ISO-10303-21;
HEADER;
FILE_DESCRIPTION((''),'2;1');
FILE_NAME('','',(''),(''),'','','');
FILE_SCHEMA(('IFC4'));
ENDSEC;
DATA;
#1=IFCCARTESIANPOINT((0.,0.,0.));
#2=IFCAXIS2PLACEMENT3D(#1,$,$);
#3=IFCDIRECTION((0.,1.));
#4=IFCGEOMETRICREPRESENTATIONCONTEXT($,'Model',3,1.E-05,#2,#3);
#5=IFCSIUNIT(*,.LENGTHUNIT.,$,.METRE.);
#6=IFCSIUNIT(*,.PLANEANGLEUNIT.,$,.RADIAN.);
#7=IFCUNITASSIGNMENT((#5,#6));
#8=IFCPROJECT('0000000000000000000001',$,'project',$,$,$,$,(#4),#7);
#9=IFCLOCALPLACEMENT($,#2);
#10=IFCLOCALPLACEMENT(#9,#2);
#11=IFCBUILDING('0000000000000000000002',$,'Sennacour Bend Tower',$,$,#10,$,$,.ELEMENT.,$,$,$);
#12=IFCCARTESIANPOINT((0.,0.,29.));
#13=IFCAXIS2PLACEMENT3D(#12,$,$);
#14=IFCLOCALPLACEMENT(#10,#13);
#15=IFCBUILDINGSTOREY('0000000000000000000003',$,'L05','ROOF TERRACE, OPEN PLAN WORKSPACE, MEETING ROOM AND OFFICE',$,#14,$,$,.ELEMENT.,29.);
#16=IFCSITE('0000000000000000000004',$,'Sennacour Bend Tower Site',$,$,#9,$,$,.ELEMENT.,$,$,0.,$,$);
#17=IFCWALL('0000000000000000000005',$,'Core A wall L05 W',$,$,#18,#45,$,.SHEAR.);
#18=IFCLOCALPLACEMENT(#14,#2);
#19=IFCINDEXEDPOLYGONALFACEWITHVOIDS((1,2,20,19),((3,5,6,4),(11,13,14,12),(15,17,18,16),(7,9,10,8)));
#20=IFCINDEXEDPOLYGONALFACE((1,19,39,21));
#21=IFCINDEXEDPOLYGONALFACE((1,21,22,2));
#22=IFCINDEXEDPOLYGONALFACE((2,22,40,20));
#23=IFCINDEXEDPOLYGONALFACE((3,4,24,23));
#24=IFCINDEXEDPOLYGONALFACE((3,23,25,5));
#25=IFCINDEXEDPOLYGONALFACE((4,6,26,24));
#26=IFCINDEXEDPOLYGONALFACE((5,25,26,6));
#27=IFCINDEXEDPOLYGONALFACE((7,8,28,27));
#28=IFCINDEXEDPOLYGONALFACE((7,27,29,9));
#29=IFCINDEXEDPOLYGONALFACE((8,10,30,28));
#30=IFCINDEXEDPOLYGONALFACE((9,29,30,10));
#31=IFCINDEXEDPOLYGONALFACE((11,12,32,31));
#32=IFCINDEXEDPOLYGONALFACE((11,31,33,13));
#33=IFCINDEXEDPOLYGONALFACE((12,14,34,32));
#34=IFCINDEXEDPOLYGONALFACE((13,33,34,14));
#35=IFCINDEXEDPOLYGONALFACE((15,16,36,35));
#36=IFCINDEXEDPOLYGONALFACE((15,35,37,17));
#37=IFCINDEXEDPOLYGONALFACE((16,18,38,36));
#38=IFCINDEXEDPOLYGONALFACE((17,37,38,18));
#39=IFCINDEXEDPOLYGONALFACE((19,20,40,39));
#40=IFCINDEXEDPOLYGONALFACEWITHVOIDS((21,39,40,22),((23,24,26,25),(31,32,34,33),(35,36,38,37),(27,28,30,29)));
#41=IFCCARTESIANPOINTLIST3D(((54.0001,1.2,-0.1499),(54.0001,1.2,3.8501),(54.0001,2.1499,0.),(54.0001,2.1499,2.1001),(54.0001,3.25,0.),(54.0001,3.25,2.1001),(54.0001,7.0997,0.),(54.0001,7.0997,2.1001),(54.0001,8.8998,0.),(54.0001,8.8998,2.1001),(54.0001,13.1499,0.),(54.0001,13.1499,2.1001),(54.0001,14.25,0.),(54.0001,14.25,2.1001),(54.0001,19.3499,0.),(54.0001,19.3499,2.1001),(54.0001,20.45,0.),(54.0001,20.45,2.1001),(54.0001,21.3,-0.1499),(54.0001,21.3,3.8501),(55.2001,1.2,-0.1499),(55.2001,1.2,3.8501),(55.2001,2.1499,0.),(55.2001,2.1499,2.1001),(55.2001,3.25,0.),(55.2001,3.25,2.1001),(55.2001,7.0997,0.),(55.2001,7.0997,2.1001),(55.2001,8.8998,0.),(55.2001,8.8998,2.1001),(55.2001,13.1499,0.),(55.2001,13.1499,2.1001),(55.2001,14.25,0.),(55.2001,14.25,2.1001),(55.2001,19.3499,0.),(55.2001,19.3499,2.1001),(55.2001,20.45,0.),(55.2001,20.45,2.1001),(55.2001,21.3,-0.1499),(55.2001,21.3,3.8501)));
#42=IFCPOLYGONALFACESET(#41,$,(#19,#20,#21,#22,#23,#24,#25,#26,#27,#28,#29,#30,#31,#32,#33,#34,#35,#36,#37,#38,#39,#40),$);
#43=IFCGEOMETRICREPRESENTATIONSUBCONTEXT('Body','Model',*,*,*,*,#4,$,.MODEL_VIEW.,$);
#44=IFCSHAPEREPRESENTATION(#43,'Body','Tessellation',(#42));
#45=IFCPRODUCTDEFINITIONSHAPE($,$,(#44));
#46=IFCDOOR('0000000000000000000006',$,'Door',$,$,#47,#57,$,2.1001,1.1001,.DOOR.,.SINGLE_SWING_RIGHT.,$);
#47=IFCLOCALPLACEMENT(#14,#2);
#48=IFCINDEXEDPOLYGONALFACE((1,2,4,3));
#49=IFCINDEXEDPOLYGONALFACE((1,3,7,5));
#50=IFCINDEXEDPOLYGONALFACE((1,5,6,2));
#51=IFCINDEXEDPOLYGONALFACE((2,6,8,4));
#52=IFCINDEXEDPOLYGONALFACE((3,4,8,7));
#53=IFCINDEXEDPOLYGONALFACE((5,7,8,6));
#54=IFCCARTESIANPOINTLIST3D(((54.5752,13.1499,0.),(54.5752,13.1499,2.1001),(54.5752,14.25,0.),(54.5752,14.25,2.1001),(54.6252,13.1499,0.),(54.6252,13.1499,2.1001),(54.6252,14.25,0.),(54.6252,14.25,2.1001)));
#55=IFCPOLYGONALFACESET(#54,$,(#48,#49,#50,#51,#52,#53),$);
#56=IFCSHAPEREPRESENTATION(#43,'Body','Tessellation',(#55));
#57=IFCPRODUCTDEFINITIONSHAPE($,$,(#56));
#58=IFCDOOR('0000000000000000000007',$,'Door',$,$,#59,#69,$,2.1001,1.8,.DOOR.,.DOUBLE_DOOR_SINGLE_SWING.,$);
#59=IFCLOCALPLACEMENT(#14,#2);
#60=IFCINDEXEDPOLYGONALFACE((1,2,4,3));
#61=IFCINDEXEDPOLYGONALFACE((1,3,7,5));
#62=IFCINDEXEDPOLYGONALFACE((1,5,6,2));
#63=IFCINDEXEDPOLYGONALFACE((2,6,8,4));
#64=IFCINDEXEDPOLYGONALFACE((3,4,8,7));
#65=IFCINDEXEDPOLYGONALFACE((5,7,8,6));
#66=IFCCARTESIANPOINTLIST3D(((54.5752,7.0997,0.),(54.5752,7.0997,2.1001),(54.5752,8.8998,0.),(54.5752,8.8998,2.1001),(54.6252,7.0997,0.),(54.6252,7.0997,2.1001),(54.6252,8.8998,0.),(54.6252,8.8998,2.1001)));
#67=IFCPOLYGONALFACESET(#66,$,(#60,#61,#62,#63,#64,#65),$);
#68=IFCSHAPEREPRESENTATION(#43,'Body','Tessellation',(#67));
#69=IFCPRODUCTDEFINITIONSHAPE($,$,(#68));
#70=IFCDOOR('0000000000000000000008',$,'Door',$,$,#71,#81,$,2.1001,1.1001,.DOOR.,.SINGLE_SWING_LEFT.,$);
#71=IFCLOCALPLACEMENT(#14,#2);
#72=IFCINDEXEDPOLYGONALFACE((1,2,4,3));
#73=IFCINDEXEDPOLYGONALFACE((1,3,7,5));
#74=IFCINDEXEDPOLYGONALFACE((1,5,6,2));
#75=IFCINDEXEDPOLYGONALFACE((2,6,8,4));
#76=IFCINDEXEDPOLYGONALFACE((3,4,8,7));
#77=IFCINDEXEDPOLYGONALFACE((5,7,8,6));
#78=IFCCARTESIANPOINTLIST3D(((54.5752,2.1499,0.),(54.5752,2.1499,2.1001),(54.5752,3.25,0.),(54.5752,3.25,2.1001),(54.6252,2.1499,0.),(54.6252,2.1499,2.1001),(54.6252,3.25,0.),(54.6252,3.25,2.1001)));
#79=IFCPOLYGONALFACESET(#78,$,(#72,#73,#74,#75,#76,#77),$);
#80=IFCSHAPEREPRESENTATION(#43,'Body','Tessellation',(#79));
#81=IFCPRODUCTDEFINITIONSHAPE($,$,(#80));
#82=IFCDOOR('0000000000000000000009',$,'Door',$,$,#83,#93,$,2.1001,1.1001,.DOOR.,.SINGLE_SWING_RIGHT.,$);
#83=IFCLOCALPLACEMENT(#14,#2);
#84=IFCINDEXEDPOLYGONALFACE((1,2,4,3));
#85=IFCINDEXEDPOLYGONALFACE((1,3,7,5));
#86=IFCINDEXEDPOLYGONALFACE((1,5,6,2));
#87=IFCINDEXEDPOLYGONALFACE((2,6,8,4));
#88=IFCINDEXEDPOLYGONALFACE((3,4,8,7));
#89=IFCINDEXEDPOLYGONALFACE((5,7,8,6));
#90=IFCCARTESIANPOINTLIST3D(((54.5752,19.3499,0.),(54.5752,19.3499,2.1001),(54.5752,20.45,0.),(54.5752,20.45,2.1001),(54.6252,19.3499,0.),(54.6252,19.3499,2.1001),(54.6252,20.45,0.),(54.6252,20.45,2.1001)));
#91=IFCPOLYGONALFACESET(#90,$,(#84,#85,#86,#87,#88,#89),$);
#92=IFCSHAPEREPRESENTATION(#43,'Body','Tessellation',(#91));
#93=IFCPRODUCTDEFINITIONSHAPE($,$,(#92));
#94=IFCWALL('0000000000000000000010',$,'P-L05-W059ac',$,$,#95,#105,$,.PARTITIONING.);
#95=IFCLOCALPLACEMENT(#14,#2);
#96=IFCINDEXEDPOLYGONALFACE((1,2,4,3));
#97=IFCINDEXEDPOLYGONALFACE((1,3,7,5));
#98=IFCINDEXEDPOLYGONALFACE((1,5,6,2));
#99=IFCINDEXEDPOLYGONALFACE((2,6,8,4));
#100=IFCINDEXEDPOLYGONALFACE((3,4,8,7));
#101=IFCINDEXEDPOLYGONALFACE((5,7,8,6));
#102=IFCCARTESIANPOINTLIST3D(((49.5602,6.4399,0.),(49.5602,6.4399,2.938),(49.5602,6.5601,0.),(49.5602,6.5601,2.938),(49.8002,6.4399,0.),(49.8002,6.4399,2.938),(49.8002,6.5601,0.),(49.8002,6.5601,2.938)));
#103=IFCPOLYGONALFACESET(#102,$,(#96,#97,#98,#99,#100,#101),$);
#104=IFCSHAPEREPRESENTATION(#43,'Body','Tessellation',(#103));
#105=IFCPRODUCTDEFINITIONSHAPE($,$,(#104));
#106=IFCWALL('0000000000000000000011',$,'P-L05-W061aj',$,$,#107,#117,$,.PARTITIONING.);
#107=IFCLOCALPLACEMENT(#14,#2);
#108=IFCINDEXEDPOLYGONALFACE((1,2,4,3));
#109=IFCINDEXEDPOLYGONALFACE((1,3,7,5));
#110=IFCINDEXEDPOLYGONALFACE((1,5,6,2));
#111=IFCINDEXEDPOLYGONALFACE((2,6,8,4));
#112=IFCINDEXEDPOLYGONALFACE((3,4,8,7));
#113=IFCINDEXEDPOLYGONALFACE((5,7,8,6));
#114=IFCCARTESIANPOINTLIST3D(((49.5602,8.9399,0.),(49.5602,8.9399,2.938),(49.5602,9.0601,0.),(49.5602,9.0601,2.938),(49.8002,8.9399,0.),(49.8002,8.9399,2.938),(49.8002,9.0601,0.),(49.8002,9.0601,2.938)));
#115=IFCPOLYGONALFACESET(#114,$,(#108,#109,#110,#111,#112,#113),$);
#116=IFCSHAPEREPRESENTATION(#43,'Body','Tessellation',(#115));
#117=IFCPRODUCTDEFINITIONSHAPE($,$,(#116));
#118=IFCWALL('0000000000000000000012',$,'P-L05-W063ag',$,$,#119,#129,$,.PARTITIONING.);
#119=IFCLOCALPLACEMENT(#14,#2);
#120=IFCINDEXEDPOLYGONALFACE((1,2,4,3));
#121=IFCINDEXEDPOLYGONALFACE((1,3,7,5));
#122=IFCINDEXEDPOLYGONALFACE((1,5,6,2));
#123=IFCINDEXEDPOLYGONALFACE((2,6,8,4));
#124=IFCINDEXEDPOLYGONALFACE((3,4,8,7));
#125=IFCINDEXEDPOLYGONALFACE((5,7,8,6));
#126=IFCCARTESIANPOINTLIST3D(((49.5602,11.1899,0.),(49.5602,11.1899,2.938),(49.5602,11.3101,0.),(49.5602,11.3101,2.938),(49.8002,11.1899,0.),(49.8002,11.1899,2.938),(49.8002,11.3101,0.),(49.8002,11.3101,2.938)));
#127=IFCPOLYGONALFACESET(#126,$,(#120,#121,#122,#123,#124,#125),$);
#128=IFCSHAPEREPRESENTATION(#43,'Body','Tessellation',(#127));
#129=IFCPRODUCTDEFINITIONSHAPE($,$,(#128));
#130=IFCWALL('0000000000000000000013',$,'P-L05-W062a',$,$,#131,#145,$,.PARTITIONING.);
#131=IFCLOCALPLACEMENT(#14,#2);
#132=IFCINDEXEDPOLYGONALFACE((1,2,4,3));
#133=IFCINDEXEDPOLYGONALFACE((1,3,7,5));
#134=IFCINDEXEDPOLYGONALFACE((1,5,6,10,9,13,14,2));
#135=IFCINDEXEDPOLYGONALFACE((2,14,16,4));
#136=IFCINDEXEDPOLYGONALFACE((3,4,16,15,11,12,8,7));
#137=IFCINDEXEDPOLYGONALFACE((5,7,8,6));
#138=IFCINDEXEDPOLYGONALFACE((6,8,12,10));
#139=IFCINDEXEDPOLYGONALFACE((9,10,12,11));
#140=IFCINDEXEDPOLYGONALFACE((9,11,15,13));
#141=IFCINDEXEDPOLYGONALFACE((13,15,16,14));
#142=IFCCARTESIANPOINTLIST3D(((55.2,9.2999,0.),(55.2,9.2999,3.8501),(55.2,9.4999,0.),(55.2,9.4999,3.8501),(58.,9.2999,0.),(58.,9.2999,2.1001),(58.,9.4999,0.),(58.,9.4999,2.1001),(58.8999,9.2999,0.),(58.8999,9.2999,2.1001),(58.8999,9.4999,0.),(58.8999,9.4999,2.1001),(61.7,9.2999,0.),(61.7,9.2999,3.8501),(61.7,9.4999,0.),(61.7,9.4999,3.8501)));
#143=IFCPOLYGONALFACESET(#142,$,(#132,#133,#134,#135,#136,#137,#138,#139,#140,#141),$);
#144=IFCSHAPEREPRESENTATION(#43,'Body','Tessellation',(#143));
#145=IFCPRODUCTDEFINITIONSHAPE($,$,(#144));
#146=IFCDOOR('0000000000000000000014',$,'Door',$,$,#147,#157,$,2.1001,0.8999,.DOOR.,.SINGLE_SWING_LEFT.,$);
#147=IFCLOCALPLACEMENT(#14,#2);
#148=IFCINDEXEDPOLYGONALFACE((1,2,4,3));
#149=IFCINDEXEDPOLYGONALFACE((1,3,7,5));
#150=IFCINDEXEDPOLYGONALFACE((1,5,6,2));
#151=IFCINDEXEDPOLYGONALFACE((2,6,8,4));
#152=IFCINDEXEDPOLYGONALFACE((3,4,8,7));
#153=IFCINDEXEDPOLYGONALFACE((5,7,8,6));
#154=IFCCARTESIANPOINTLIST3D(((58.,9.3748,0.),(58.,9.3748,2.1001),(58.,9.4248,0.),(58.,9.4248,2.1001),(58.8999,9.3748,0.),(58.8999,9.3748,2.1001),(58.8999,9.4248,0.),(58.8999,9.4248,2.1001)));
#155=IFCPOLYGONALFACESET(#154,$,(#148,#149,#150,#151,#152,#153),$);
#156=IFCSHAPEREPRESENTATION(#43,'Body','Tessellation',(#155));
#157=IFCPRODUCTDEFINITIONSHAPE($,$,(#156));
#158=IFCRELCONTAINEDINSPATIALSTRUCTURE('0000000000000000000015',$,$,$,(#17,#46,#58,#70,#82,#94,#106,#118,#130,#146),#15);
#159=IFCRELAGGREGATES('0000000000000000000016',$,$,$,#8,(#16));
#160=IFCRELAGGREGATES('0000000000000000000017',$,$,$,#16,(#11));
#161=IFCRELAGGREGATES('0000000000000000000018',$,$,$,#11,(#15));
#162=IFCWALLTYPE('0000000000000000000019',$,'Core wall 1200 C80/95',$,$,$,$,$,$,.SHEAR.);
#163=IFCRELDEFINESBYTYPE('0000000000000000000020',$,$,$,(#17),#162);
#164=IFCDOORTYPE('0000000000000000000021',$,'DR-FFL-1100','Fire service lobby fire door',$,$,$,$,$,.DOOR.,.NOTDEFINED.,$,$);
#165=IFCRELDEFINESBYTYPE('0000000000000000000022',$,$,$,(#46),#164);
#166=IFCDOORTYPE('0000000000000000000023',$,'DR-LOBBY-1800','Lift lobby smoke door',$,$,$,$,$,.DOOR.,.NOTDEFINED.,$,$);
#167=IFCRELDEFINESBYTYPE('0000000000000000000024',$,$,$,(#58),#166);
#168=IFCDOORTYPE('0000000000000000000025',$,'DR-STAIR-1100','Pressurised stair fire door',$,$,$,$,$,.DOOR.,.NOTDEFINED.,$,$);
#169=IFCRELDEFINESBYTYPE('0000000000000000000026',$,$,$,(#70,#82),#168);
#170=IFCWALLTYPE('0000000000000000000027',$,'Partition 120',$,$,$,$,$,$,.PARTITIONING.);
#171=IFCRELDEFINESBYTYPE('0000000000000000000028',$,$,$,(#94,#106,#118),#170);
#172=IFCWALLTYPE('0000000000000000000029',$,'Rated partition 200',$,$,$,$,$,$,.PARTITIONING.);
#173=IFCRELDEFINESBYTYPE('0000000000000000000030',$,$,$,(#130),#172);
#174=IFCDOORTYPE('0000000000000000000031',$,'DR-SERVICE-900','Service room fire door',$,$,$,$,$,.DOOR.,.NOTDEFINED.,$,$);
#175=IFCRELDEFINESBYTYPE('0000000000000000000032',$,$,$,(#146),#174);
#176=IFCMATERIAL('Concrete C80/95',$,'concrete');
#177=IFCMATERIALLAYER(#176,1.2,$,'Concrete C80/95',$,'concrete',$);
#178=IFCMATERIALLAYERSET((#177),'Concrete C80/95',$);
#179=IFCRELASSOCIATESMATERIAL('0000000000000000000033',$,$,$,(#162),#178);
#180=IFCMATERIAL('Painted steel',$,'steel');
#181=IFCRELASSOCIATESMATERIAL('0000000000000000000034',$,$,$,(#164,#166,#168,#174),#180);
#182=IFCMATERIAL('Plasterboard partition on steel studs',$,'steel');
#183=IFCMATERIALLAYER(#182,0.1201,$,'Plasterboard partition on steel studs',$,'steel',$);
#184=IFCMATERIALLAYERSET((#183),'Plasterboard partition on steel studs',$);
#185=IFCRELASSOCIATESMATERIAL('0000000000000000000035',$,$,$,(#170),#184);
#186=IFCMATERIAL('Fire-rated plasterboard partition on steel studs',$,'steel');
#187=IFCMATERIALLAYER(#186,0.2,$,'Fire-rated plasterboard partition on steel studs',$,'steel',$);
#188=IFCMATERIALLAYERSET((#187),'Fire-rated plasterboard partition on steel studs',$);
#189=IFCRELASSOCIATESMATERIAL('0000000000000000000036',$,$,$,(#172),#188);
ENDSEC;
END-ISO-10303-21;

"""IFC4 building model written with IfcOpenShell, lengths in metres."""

from ifc_helpers import new_model, si_unit, direction, frame, frame_2d, origin, place, context, subcontext, project, spatial, rectangle, extrude, material, layer, layer_set, type_object, element, fill, save


model = new_model("IFC4")

# Units and contexts
model_context = context("Model", 3, precision=1e-05, world=origin(), true_north=direction((0.0, 1.0)))
body_context = subcontext(model_context, "Body", "Model", "MODEL_VIEW")
ifc_project = project(units=[si_unit("LENGTHUNIT", "METRE"), si_unit("PLANEANGLEUNIT", "RADIAN")], contexts=[model_context])

# Site, building, storey
site_placement = place(None, origin())
site = spatial("IfcSite", under=ifc_project, at=site_placement, Name="Sennacour Bend Tower Site", CompositionType="ELEMENT", RefElevation=0.0)
building_placement = place(site_placement, origin())
building = spatial("IfcBuilding", under=site, at=building_placement, Name="Sennacour Bend Tower", CompositionType="ELEMENT")
storey_placement = place(building_placement, frame((0.0, 0.0, 29.0)))
storey = spatial("IfcBuildingStorey", under=building, at=storey_placement, Name="L05", Description="ROOF TERRACE, OPEN PLAN WORKSPACE, MEETING ROOM AND OFFICE", CompositionType="ELEMENT", Elevation=29.0)

# Wall, openings, doors
ifc_material_1 = material(Name="Concrete C80/95", Category="concrete")
ifc_layer_1 = layer(ifc_material_1, 1.2, Name="Concrete C80/95", Category="concrete")
ifc_layer_set_1 = layer_set([ifc_layer_1], Name="Concrete C80/95")
wall_type_1 = type_object("IfcWallType", Name="Core wall 1200 C80/95", PredefinedType="SHEAR", material=ifc_layer_set_1)
wall_1_placement = place(storey_placement, frame((54.6001, 1.2, -0.1499), z_axis=(0.0, 0.0, 1.0), x_axis=(0.0, 1.0, 0.0)))
wall_1 = element("IfcWall", 1, at=wall_1_placement, inside=storey, type_object=wall_type_1, Name="Core A wall L05 W", PredefinedType="SHEAR", context=body_context, shape_type="SweptSolid", body=[
    extrude(rectangle(XDim=20.1001, YDim=1.2, at=frame_2d((10.05, 0.0))), origin(), (0.0, 0.0, 1.0), 4.0),
])
opening_1_placement = place(wall_1_placement, frame((5.8999, 0.0, 0.1499)))
opening_1 = element("IfcOpeningElement", 2, at=opening_1_placement, cuts=wall_1, PredefinedType="OPENING", context=body_context, shape_type="SweptSolid", body=[
    extrude(rectangle(XDim=1.8, YDim=2.1001, at=frame_2d((0.8999, 1.05))), frame((0.0, 0.6099, 0.0), z_axis=(0.0, -1.0, 0.0), x_axis=(1.0, 0.0, 0.0)), (0.0, 0.0, 1.0), 1.22),
])
opening_2_placement = place(wall_1_placement, frame((11.95, 0.0, 0.1499)))
opening_2 = element("IfcOpeningElement", 3, at=opening_2_placement, cuts=wall_1, PredefinedType="OPENING", context=body_context, shape_type="SweptSolid", body=[
    extrude(rectangle(XDim=1.1001, YDim=2.1001, at=frame_2d((0.55, 1.05))), frame((0.0, 0.6099, 0.0), z_axis=(0.0, -1.0, 0.0), x_axis=(1.0, 0.0, 0.0)), (0.0, 0.0, 1.0), 1.22),
])
opening_3_placement = place(wall_1_placement, frame((0.95, 0.0, 0.1499)))
opening_3 = element("IfcOpeningElement", 4, at=opening_3_placement, cuts=wall_1, PredefinedType="OPENING", context=body_context, shape_type="SweptSolid", body=[
    extrude(rectangle(XDim=1.1001, YDim=2.1001, at=frame_2d((0.55, 1.05))), frame((0.0, 0.6099, 0.0), z_axis=(0.0, -1.0, 0.0), x_axis=(1.0, 0.0, 0.0)), (0.0, 0.0, 1.0), 1.22),
])
opening_4_placement = place(wall_1_placement, frame((18.1499, 0.0, 0.1499)))
opening_4 = element("IfcOpeningElement", 5, at=opening_4_placement, cuts=wall_1, PredefinedType="OPENING", context=body_context, shape_type="SweptSolid", body=[
    extrude(rectangle(XDim=1.1001, YDim=2.1001, at=frame_2d((0.55, 1.05))), frame((0.0, 0.6099, 0.0), z_axis=(0.0, -1.0, 0.0), x_axis=(1.0, 0.0, 0.0)), (0.0, 0.0, 1.0), 1.22),
])
ifc_material_2 = material(Name="Painted steel", Category="steel")
door_type_1 = type_object("IfcDoorType", Name="DR-FFL-1100", Description="Fire service lobby fire door", OperationType="NOTDEFINED", PredefinedType="DOOR", material=ifc_material_2)
door_1_placement = place(opening_2_placement, origin())
door_1 = element("IfcDoor", 6, at=door_1_placement, inside=storey, type_object=door_type_1, Name="Door", OperationType="SINGLE_SWING_RIGHT", OverallHeight=2.1001, OverallWidth=1.1001, PredefinedType="DOOR", context=body_context, shape_type="SweptSolid", body=[
    extrude(rectangle(XDim=1.1001, YDim=2.1001, at=frame_2d((0.55, 1.05))), frame((0.0, 0.0249, 0.0), z_axis=(0.0, -1.0, 0.0), x_axis=(1.0, 0.0, 0.0)), (0.0, 0.0, 1.0), 0.05),
])
fill(opening_2, door_1)
door_type_2 = type_object("IfcDoorType", Name="DR-LOBBY-1800", Description="Lift lobby smoke door", OperationType="NOTDEFINED", PredefinedType="DOOR", material=ifc_material_2)
door_2_placement = place(opening_1_placement, origin())
door_2 = element("IfcDoor", 7, at=door_2_placement, inside=storey, type_object=door_type_2, Name="Door", OperationType="DOUBLE_DOOR_SINGLE_SWING", OverallHeight=2.1001, OverallWidth=1.8, PredefinedType="DOOR", context=body_context, shape_type="SweptSolid", body=[
    extrude(rectangle(XDim=1.8, YDim=2.1001, at=frame_2d((0.8999, 1.05))), frame((0.0, 0.0249, 0.0), z_axis=(0.0, -1.0, 0.0), x_axis=(1.0, 0.0, 0.0)), (0.0, 0.0, 1.0), 0.05),
])
fill(opening_1, door_2)
door_type_3 = type_object("IfcDoorType", Name="DR-STAIR-1100", Description="Pressurised stair fire door", OperationType="NOTDEFINED", PredefinedType="DOOR", material=ifc_material_2)
door_3_placement = place(opening_3_placement, origin())
door_3 = element("IfcDoor", 8, at=door_3_placement, inside=storey, type_object=door_type_3, Name="Door", OperationType="SINGLE_SWING_LEFT", OverallHeight=2.1001, OverallWidth=1.1001, PredefinedType="DOOR", context=body_context, shape_type="SweptSolid", body=[
    extrude(rectangle(XDim=1.1001, YDim=2.1001, at=frame_2d((0.55, 1.05))), frame((0.0, 0.0249, 0.0), z_axis=(0.0, -1.0, 0.0), x_axis=(1.0, 0.0, 0.0)), (0.0, 0.0, 1.0), 0.05),
])
fill(opening_3, door_3)
door_4_placement = place(opening_4_placement, origin())
door_4 = element("IfcDoor", 9, at=door_4_placement, inside=storey, type_object=door_type_3, Name="Door", OperationType="SINGLE_SWING_RIGHT", OverallHeight=2.1001, OverallWidth=1.1001, PredefinedType="DOOR", context=body_context, shape_type="SweptSolid", body=[
    extrude(rectangle(XDim=1.1001, YDim=2.1001, at=frame_2d((0.55, 1.05))), frame((0.0, 0.0249, 0.0), z_axis=(0.0, -1.0, 0.0), x_axis=(1.0, 0.0, 0.0)), (0.0, 0.0, 1.0), 0.05),
])
fill(opening_4, door_4)

# Walls
ifc_material_3 = material(Name="Plasterboard partition on steel studs", Category="steel")
ifc_layer_2 = layer(ifc_material_3, 0.1201, Name="Plasterboard partition on steel studs", Category="steel")
ifc_layer_set_2 = layer_set([ifc_layer_2], Name="Plasterboard partition on steel studs")
wall_type_2 = type_object("IfcWallType", Name="Partition 120", PredefinedType="PARTITIONING", material=ifc_layer_set_2)
for number, where, z_axis, x_axis, name in (
    (10, (49.5601, 6.5, 0.0), (0.0, 0.0, 1.0), (1.0, 0.0, 0.0), "P-L05-W059ac"),
    (11, (49.5601, 9.0, 0.0), (0.0, 0.0, 1.0), (1.0, 0.0, 0.0), "P-L05-W061aj"),
    (12, (49.5601, 11.25, 0.0), (0.0, 0.0, 1.0), (1.0, 0.0, 0.0), "P-L05-W063ag"),
):
    element("IfcWall", number, at=place(storey_placement, frame(where, z_axis=z_axis, x_axis=x_axis)), inside=storey, type_object=wall_type_2, Name=name, PredefinedType="PARTITIONING", context=body_context, shape_type="SweptSolid", body=[
        extrude(rectangle(XDim=0.24, YDim=0.1201, at=frame_2d((0.1201, 0.0))), origin(), (0.0, 0.0, 1.0), 2.938),
    ])

# Wall, opening, door
ifc_material_4 = material(Name="Fire-rated plasterboard partition on steel studs", Category="steel")
ifc_layer_3 = layer(ifc_material_4, 0.2, Name="Fire-rated plasterboard partition on steel studs", Category="steel")
ifc_layer_set_3 = layer_set([ifc_layer_3], Name="Fire-rated plasterboard partition on steel studs")
wall_type_3 = type_object("IfcWallType", Name="Rated partition 200", PredefinedType="PARTITIONING", material=ifc_layer_set_3)
wall_2_placement = place(storey_placement, frame((55.2, 9.3999, 0.0), z_axis=(0.0, 0.0, 1.0), x_axis=(1.0, 0.0, 0.0)))
wall_2 = element("IfcWall", 13, at=wall_2_placement, inside=storey, type_object=wall_type_3, Name="P-L05-W062a", PredefinedType="PARTITIONING", context=body_context, shape_type="SweptSolid", body=[
    extrude(rectangle(XDim=6.5, YDim=0.2, at=frame_2d((3.25, 0.0))), origin(), (0.0, 0.0, 1.0), 3.8501),
])
opening_5_placement = place(wall_2_placement, frame((2.8, 0.0, 0.0)))
opening_5 = element("IfcOpeningElement", 14, at=opening_5_placement, cuts=wall_2, PredefinedType="OPENING", context=body_context, shape_type="SweptSolid", body=[
    extrude(rectangle(XDim=0.8999, YDim=2.1001, at=frame_2d((0.45, 1.05))), frame((0.0, 0.1099, 0.0), z_axis=(0.0, -1.0, 0.0), x_axis=(1.0, 0.0, 0.0)), (0.0, 0.0, 1.0), 0.22),
])
door_type_4 = type_object("IfcDoorType", Name="DR-SERVICE-900", Description="Service room fire door", OperationType="NOTDEFINED", PredefinedType="DOOR", material=ifc_material_2)
door_5_placement = place(opening_5_placement, origin())
door_5 = element("IfcDoor", 15, at=door_5_placement, inside=storey, type_object=door_type_4, Name="Door", OperationType="SINGLE_SWING_LEFT", OverallHeight=2.1001, OverallWidth=0.8999, PredefinedType="DOOR", context=body_context, shape_type="SweptSolid", body=[
    extrude(rectangle(XDim=0.8999, YDim=2.1001, at=frame_2d((0.45, 1.05))), frame((0.0, 0.0249, 0.0), z_axis=(0.0, -1.0, 0.0), x_axis=(1.0, 0.0, 0.0)), (0.0, 0.0, 1.0), 0.05),
])
fill(opening_5, door_5)

save(model, "model.ifc")
